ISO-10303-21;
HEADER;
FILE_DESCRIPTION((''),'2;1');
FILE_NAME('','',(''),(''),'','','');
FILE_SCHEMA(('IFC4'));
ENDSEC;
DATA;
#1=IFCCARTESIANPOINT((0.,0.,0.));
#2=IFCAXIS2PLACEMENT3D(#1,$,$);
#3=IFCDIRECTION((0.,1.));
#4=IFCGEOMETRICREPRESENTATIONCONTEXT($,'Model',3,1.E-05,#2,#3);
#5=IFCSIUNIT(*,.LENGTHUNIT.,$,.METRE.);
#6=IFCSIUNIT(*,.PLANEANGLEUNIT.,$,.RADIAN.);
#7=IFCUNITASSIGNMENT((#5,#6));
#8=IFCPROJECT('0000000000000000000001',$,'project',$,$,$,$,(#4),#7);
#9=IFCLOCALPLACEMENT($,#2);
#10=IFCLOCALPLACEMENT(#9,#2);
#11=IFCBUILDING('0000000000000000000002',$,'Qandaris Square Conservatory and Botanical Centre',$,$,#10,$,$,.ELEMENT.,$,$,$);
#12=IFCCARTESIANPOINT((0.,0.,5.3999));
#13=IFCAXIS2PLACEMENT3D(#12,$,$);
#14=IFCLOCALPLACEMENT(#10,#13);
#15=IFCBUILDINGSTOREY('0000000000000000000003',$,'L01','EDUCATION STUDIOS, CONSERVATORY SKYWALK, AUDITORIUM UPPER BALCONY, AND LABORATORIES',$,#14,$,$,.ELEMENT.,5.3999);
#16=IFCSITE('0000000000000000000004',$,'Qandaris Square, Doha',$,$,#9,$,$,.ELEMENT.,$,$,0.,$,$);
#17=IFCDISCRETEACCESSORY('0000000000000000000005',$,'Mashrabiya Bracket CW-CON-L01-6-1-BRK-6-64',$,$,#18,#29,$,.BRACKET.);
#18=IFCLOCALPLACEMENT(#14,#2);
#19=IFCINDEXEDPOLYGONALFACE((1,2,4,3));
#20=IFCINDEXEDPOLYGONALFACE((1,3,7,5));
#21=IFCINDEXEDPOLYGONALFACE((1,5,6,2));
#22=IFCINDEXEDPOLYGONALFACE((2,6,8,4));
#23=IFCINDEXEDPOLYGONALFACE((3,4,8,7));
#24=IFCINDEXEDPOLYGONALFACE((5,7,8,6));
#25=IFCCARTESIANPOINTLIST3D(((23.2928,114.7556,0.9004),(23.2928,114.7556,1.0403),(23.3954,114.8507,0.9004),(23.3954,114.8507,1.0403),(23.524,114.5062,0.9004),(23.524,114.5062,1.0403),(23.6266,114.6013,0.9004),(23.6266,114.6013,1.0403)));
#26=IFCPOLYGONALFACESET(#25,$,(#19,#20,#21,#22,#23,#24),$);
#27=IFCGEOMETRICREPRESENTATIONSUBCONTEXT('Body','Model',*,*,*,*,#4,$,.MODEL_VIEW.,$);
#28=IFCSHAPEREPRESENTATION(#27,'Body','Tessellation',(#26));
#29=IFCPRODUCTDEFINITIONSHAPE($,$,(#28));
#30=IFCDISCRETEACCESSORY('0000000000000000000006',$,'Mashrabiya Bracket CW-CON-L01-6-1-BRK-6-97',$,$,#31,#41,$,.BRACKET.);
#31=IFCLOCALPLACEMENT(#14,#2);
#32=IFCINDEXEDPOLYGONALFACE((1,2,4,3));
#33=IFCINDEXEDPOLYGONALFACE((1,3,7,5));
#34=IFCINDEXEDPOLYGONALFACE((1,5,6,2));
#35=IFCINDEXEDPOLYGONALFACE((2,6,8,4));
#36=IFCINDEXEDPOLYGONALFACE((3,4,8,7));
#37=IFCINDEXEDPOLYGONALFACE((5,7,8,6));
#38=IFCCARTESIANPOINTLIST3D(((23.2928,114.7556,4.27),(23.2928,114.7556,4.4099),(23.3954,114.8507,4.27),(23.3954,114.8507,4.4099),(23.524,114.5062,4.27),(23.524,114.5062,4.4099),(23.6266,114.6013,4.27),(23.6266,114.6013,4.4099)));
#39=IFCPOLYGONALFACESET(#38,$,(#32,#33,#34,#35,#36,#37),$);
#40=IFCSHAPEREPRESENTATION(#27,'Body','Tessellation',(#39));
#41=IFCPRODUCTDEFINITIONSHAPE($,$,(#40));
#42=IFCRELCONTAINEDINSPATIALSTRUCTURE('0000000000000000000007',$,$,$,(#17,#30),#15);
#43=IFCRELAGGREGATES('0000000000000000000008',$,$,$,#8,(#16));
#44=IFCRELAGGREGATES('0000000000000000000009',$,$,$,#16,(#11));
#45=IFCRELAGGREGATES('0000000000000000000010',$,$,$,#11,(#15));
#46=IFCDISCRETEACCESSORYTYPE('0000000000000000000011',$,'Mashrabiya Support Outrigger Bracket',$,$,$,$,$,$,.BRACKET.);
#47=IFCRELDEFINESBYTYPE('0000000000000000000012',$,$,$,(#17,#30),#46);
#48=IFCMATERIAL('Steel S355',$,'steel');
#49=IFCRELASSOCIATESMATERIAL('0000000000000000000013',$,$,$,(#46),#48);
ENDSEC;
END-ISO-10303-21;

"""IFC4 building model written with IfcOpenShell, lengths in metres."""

from ifc_helpers import new_model, si_unit, direction, frame, origin, origin_2d, place, context, subcontext, project, spatial, rectangle, extrude, material, type_object, element, save


model = new_model("IFC4")

# Units and contexts
model_context = context("Model", 3, precision=1e-05, world=origin(), true_north=direction((0.0, 1.0)))
body_context = subcontext(model_context, "Body", "Model", "MODEL_VIEW")
ifc_project = project(units=[si_unit("LENGTHUNIT", "METRE"), si_unit("PLANEANGLEUNIT", "RADIAN")], contexts=[model_context])

# Site, building, storey
site_placement = place(None, origin())
site = spatial("IfcSite", under=ifc_project, at=site_placement, Name="Qandaris Square, Doha", CompositionType="ELEMENT", RefElevation=0.0)
building_placement = place(site_placement, origin())
building = spatial("IfcBuilding", under=site, at=building_placement, Name="Qandaris Square Conservatory and Botanical Centre", CompositionType="ELEMENT")
storey_placement = place(building_placement, frame((0.0, 0.0, 5.3999)))
storey = spatial("IfcBuildingStorey", under=building, at=storey_placement, Name="L01", Description="EDUCATION STUDIOS, CONSERVATORY SKYWALK, AUDITORIUM UPPER BALCONY, AND LABORATORIES", CompositionType="ELEMENT", Elevation=5.3999)

# Discrete accessories
ifc_material_1 = material(Name="Steel S355", Category="steel")
discrete_accessory_type = type_object("IfcDiscreteAccessoryType", Name="Mashrabiya Support Outrigger Bracket", PredefinedType="BRACKET", material=ifc_material_1)
for number, where, z_axis, x_axis, name in (
    (1, (23.4597, 114.6785, 0.9004), (0.0, 0.0, 1.0), (-0.733433, -0.679762, 0.0), "Mashrabiya Bracket CW-CON-L01-6-1-BRK-6-64"),
    (2, (23.4597, 114.6785, 4.27), (0.0, 0.0, 1.0), (-0.733433, -0.679762, 0.0), "Mashrabiya Bracket CW-CON-L01-6-1-BRK-6-97"),
):
    element("IfcDiscreteAccessory", number, at=place(storey_placement, frame(where, z_axis=z_axis, x_axis=x_axis)), inside=storey, type_object=discrete_accessory_type, Name=name, PredefinedType="BRACKET", context=body_context, shape_type="SweptSolid", body=[
        extrude(rectangle(XDim=0.1399, YDim=0.3401, at=origin_2d()), origin(), (0.0, 0.0, 1.0), 0.1399),
    ])

save(model, "model.ifc")
